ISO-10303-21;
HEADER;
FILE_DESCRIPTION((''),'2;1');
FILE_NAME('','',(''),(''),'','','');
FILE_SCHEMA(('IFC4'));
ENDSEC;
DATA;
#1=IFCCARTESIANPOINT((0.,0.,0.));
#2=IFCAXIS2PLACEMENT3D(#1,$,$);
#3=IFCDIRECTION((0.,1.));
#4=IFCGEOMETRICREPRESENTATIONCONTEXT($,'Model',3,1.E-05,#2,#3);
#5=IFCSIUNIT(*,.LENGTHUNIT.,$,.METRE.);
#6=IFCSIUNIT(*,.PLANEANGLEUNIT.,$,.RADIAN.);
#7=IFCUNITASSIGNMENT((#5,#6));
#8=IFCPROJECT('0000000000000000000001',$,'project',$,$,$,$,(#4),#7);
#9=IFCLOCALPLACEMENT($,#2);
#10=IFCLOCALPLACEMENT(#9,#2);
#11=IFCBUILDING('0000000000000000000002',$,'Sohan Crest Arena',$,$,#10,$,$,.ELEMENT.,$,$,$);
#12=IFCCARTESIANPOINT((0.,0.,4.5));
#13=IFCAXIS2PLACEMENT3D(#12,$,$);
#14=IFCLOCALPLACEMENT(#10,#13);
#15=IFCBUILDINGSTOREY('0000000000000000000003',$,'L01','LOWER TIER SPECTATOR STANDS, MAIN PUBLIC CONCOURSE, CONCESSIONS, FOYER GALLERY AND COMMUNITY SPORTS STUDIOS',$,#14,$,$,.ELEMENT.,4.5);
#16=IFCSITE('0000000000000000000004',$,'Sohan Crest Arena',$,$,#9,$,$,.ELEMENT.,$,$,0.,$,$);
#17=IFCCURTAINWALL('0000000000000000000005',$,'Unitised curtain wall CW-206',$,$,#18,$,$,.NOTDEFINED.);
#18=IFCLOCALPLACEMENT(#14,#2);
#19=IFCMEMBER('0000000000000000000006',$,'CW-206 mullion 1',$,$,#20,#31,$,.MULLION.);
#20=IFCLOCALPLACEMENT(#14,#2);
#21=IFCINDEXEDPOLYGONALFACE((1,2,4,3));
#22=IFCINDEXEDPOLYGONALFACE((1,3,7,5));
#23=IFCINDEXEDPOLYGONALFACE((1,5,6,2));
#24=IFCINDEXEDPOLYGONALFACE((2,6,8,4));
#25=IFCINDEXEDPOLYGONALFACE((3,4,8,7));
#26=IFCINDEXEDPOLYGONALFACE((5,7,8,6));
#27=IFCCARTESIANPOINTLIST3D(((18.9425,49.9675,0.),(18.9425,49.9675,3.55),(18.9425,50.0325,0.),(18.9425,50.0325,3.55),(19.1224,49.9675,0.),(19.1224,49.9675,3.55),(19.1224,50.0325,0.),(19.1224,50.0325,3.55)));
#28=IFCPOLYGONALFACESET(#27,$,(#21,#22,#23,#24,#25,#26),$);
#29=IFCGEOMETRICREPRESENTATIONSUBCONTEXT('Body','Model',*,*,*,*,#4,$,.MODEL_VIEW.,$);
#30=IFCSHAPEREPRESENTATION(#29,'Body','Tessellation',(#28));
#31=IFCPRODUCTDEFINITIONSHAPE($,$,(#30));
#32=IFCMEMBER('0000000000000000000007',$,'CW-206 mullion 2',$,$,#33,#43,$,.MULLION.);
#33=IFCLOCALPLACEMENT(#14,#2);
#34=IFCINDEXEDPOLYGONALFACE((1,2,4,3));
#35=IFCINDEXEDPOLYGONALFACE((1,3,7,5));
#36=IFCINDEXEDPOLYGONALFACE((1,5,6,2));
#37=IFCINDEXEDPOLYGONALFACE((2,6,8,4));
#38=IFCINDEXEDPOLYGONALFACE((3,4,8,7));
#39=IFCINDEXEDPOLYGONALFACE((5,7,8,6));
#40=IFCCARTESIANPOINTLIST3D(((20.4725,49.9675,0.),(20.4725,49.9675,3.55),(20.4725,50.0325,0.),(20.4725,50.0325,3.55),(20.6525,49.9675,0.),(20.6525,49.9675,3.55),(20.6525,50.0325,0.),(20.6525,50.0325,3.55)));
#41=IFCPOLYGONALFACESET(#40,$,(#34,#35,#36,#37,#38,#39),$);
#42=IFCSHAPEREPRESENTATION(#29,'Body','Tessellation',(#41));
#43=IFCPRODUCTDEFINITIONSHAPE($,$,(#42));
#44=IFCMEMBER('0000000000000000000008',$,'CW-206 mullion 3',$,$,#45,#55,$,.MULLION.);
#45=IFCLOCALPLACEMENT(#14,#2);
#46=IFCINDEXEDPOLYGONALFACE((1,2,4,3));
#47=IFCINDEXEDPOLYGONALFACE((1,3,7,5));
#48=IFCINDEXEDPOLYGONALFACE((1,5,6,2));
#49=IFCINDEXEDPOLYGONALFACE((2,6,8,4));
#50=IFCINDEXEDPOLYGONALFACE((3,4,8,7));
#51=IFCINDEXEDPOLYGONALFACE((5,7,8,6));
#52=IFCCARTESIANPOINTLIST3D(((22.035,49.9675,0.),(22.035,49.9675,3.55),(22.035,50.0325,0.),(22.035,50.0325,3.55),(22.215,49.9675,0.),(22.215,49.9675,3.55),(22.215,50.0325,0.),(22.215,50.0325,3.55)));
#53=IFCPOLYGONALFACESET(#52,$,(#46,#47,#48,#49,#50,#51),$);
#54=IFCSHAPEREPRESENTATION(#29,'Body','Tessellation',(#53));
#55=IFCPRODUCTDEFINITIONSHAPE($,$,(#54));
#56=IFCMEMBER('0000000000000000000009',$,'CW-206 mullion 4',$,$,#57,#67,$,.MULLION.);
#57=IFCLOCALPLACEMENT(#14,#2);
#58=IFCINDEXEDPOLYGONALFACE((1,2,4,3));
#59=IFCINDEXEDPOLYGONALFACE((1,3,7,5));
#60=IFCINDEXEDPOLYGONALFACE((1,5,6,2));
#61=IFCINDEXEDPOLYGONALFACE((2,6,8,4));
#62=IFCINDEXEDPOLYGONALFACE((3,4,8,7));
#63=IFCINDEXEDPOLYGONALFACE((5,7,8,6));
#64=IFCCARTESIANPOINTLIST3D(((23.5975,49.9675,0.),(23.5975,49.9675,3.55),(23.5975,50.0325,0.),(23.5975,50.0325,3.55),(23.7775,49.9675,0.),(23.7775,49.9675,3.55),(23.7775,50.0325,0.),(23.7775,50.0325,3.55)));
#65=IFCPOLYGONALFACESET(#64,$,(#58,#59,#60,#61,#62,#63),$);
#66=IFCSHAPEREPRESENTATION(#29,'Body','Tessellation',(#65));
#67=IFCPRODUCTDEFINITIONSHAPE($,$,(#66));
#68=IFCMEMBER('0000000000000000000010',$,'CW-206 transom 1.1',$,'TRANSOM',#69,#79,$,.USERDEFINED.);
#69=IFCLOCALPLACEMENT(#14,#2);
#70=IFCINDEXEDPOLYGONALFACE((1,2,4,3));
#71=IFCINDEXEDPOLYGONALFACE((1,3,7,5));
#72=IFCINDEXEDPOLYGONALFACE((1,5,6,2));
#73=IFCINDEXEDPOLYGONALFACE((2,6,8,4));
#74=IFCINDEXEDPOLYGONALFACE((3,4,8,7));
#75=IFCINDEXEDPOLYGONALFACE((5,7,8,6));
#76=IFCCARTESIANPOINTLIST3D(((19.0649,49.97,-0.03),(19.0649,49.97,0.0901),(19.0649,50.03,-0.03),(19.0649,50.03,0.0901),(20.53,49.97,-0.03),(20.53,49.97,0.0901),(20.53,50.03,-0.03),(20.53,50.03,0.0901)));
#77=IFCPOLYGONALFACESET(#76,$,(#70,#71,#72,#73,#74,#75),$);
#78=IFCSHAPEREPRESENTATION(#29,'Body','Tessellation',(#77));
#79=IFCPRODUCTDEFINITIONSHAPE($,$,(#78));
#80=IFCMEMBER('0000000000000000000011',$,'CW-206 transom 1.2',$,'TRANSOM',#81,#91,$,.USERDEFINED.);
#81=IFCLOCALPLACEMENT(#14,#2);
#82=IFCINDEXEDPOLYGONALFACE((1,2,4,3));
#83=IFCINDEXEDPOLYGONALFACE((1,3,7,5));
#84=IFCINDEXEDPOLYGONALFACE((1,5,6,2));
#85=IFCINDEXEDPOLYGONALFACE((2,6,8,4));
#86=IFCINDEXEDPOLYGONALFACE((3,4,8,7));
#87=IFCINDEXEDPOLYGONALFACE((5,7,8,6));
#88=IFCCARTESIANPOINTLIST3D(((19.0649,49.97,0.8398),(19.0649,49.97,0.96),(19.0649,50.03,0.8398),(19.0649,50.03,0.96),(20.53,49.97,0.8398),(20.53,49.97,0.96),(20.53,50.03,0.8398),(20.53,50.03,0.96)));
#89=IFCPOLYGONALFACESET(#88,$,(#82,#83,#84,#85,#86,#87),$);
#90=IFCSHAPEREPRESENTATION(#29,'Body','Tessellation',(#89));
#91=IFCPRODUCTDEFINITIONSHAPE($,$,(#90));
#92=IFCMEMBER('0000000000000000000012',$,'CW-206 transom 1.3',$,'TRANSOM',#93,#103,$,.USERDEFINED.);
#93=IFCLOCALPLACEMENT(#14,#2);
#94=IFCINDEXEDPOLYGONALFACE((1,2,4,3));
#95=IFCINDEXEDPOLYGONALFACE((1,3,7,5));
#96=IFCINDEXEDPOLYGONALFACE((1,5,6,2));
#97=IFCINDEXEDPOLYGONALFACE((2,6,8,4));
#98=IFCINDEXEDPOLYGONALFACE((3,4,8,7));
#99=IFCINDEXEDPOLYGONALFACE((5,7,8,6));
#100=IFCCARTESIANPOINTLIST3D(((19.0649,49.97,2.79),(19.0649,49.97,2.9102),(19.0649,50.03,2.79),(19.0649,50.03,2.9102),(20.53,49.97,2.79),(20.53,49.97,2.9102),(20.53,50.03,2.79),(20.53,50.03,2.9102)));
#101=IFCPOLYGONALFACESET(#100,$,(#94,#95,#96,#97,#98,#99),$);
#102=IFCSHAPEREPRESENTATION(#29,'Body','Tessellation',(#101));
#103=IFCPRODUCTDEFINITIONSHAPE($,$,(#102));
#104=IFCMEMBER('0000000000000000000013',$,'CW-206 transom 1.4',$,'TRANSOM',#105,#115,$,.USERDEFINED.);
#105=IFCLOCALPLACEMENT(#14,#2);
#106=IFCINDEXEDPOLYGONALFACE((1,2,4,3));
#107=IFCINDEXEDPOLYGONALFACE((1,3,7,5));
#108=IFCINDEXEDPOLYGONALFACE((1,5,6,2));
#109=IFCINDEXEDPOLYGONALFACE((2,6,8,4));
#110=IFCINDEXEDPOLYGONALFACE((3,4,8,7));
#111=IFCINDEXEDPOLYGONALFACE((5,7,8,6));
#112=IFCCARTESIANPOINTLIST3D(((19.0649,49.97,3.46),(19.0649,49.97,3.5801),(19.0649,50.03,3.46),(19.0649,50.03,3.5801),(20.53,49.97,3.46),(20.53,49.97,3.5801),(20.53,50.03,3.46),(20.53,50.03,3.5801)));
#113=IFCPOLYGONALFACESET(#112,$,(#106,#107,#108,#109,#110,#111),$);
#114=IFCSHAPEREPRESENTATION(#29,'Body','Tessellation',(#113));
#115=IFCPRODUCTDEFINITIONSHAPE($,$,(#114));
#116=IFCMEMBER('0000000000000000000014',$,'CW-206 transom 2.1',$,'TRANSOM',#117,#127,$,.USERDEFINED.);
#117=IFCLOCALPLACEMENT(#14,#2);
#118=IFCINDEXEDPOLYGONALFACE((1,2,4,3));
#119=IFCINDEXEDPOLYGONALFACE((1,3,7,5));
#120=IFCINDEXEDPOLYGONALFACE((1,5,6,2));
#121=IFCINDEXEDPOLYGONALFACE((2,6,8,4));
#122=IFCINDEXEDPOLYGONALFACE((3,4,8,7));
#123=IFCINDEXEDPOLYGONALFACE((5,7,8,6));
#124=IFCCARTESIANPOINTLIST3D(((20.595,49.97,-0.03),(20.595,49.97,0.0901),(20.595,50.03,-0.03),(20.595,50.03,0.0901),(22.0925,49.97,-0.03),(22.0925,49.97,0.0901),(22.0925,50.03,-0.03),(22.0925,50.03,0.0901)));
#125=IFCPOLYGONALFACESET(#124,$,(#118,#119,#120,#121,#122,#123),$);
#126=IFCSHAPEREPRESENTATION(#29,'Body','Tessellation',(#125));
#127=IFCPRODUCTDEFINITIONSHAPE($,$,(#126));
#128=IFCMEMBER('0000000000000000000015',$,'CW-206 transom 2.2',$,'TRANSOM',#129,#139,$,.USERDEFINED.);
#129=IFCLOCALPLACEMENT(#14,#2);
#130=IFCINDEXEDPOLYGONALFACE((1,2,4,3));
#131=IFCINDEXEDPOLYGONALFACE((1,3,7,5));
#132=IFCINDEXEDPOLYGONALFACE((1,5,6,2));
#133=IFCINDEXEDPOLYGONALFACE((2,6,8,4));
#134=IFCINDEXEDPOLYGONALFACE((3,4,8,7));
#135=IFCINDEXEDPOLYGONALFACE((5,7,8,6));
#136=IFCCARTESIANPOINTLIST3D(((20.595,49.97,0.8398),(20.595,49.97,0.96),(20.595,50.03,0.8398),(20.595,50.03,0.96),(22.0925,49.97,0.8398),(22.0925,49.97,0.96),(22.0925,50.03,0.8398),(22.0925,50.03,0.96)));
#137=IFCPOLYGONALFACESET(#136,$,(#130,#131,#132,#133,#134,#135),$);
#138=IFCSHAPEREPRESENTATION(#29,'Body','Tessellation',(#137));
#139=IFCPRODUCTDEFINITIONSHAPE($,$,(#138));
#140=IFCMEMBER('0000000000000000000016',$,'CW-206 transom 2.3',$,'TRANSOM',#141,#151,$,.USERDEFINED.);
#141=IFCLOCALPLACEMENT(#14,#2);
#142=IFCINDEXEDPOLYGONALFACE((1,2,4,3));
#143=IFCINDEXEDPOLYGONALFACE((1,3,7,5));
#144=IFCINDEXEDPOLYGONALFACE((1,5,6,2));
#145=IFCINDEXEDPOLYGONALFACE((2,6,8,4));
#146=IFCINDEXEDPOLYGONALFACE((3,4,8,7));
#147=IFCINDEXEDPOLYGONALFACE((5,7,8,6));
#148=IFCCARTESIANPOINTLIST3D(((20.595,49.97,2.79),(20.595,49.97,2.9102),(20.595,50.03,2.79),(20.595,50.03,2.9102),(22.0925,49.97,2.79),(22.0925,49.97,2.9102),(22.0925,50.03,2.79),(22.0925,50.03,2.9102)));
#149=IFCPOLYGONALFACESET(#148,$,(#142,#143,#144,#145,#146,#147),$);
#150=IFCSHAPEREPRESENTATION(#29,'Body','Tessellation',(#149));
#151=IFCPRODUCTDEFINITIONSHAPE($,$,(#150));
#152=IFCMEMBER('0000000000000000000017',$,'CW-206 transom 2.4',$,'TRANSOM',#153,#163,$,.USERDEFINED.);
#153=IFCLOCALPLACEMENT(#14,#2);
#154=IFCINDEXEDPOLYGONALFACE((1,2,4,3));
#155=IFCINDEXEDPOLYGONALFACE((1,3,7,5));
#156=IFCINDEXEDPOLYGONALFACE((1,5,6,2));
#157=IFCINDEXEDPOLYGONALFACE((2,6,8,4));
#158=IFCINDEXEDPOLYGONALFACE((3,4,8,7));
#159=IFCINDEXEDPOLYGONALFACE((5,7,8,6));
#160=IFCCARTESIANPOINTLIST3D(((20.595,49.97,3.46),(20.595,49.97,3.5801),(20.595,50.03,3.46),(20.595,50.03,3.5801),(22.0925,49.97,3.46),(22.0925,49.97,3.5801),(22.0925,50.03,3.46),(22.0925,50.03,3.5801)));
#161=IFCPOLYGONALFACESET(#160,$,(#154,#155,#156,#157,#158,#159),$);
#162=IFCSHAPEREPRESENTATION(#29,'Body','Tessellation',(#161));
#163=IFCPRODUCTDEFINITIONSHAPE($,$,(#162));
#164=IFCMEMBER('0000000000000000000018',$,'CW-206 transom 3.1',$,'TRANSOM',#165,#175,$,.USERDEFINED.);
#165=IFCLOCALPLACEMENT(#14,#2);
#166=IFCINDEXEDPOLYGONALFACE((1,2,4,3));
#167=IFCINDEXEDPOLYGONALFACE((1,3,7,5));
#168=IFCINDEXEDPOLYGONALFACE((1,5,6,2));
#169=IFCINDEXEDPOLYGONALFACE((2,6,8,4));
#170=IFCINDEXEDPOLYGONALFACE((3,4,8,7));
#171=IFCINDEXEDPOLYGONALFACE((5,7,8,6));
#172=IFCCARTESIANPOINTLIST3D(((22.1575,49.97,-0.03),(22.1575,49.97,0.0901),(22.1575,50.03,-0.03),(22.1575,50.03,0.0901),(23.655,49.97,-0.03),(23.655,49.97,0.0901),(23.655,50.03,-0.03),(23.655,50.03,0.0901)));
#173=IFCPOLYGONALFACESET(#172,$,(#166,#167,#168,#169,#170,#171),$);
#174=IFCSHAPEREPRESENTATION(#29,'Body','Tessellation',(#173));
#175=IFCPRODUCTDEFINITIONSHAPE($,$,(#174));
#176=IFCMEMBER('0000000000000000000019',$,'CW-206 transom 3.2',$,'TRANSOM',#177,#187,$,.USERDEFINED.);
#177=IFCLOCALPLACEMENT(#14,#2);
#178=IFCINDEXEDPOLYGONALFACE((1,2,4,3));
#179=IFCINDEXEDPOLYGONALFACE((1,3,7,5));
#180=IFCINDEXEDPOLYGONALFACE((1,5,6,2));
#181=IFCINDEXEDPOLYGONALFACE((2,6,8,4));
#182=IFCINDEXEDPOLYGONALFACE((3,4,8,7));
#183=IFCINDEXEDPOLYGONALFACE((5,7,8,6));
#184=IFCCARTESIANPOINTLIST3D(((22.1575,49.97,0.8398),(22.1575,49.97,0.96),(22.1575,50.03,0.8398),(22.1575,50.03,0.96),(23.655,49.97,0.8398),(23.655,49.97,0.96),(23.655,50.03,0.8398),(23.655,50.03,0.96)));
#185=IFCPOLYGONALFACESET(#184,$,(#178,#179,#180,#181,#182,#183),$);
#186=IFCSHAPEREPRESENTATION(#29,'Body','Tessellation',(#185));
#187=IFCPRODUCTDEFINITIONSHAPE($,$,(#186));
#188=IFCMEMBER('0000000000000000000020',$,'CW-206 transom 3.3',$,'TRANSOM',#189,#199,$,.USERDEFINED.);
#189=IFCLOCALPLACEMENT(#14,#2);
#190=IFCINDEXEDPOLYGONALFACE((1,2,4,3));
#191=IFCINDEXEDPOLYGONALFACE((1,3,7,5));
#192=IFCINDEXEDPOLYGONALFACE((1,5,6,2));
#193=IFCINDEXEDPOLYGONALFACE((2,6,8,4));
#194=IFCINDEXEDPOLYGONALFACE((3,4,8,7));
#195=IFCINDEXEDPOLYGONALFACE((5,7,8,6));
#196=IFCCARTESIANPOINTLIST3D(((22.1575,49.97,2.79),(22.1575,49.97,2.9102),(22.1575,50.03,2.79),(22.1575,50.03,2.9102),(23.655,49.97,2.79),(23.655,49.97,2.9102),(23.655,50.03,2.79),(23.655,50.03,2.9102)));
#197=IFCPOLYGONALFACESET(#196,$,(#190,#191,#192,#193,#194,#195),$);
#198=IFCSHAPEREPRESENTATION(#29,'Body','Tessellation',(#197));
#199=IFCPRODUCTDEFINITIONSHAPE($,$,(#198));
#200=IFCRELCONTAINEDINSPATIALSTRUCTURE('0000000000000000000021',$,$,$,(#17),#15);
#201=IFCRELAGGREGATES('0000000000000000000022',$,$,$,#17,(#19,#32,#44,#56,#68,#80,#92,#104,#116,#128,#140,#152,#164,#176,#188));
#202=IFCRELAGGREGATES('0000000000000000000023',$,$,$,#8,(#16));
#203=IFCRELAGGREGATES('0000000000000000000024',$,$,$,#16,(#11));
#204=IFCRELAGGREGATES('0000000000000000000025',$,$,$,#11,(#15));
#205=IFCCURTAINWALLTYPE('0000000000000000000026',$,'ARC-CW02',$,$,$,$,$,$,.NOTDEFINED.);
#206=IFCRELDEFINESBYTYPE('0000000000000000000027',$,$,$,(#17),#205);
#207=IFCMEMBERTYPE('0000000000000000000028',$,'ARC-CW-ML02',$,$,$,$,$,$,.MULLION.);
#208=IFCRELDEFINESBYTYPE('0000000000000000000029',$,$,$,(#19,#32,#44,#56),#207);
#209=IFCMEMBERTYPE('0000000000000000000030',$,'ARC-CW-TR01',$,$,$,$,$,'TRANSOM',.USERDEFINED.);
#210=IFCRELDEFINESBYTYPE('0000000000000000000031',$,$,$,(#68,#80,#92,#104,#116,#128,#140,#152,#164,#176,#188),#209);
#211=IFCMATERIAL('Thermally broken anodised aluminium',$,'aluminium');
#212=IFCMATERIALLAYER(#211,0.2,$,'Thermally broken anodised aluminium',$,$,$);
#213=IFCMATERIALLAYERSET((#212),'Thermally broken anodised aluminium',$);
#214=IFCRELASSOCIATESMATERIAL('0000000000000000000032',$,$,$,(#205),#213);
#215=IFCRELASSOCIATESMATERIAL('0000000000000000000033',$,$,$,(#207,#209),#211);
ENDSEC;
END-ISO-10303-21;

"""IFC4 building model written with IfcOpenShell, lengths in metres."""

from ifc_helpers import new_model, si_unit, direction, frame, origin, origin_2d, place, context, subcontext, project, spatial, rectangle, extrude, material, layer, layer_set, material_profile, profile_set, type_object, element, aggregate, save


model = new_model("IFC4")

# Units and contexts
model_context = context("Model", 3, precision=1e-05, world=origin(), true_north=direction((0.0, 1.0)))
body_context = subcontext(model_context, "Body", "Model", "MODEL_VIEW")
ifc_project = project(units=[si_unit("LENGTHUNIT", "METRE"), si_unit("PLANEANGLEUNIT", "RADIAN")], contexts=[model_context])

# Site, building, storey
site_placement = place(None, origin())
site = spatial("IfcSite", under=ifc_project, at=site_placement, Name="Sohan Crest Arena", CompositionType="ELEMENT", RefElevation=0.0)
building_placement = place(site_placement, origin())
building = spatial("IfcBuilding", under=site, at=building_placement, Name="Sohan Crest Arena", CompositionType="ELEMENT")
storey_placement = place(building_placement, frame((0.0, 0.0, 4.5)))
storey = spatial("IfcBuildingStorey", under=building, at=storey_placement, Name="L01", Description="LOWER TIER SPECTATOR STANDS, MAIN PUBLIC CONCOURSE, CONCESSIONS, FOYER GALLERY AND COMMUNITY SPORTS STUDIOS", CompositionType="ELEMENT", Elevation=4.5)

# Curtain wall, members
ifc_material_1 = material(Name="Thermally broken anodised aluminium", Category="aluminium")
ifc_layer_1 = layer(ifc_material_1, 0.2, Name="Thermally broken anodised aluminium")
ifc_layer_set_1 = layer_set([ifc_layer_1], Name="Thermally broken anodised aluminium")
curtain_wall_type = type_object("IfcCurtainWallType", Name="ARC-CW02", PredefinedType="NOTDEFINED", material=ifc_layer_set_1)
curtain_wall_placement = place(storey_placement, origin())
curtain_wall = element("IfcCurtainWall", 1, at=curtain_wall_placement, inside=storey, type_object=curtain_wall_type, Name="Unitised curtain wall CW-206", PredefinedType="NOTDEFINED")
ifc_material_profile_1 = material_profile(ifc_material_1, rectangle(XDim=0.0649, YDim=0.1799, at=origin_2d()), Name="ALU-MULL 65x180")
ifc_profile_set_1 = profile_set([ifc_material_profile_1], Name="Thermally broken anodised aluminium")
member_type_1 = type_object("IfcMemberType", Name="ARC-CW-ML02", PredefinedType="MULLION", material=ifc_profile_set_1)
member_1_placement = place(storey_placement, frame((19.0325, 50.0, 0.0), z_axis=(0.0, 0.0, 1.0), x_axis=(0.0, 1.0, 0.0)))
member_1 = element("IfcMember", 2, at=member_1_placement, type_object=member_type_1, Name="CW-206 mullion 1", PredefinedType="MULLION", context=body_context, shape_type="SweptSolid", body=[
    extrude(rectangle(XDim=0.0649, YDim=0.1799, at=origin_2d()), origin(), (0.0, 0.0, 1.0), 3.55),
])
member_2_placement = place(storey_placement, frame((20.5625, 50.0, 0.0), z_axis=(0.0, 0.0, 1.0), x_axis=(0.0, 1.0, 0.0)))
member_2 = element("IfcMember", 3, at=member_2_placement, type_object=member_type_1, Name="CW-206 mullion 2", PredefinedType="MULLION", context=body_context, shape_type="SweptSolid", body=[
    extrude(rectangle(XDim=0.0649, YDim=0.1799, at=origin_2d()), origin(), (0.0, 0.0, 1.0), 3.55),
])
member_3_placement = place(storey_placement, frame((22.125, 50.0, 0.0), z_axis=(0.0, 0.0, 1.0), x_axis=(0.0, 1.0, 0.0)))
member_3 = element("IfcMember", 4, at=member_3_placement, type_object=member_type_1, Name="CW-206 mullion 3", PredefinedType="MULLION", context=body_context, shape_type="SweptSolid", body=[
    extrude(rectangle(XDim=0.0649, YDim=0.1799, at=origin_2d()), origin(), (0.0, 0.0, 1.0), 3.55),
])
member_4_placement = place(storey_placement, frame((23.6875, 50.0, 0.0), z_axis=(0.0, 0.0, 1.0), x_axis=(0.0, 1.0, 0.0)))
member_4 = element("IfcMember", 5, at=member_4_placement, type_object=member_type_1, Name="CW-206 mullion 4", PredefinedType="MULLION", context=body_context, shape_type="SweptSolid", body=[
    extrude(rectangle(XDim=0.0649, YDim=0.1799, at=origin_2d()), origin(), (0.0, 0.0, 1.0), 3.55),
])
ifc_material_profile_2 = material_profile(ifc_material_1, rectangle(XDim=0.0601, YDim=0.1201, at=origin_2d()), Name="ALU-TRAN 60x120")
ifc_profile_set_2 = profile_set([ifc_material_profile_2], Name="Thermally broken anodised aluminium")
member_type_2 = type_object("IfcMemberType", Name="ARC-CW-TR01", ElementType="TRANSOM", PredefinedType="USERDEFINED", material=ifc_profile_set_2)
member_5_placement = place(storey_placement, frame((19.0649, 50.0, 0.03), z_axis=(1.0, 0.0, 0.0), x_axis=(0.0, 1.0, 0.0)))
member_5 = element("IfcMember", 6, at=member_5_placement, type_object=member_type_2, Name="CW-206 transom 1.1", ObjectType="TRANSOM", PredefinedType="USERDEFINED", context=body_context, shape_type="SweptSolid", body=[
    extrude(rectangle(XDim=0.0601, YDim=0.1201, at=origin_2d()), origin(), (0.0, 0.0, 1.0), 1.4651),
])
member_6_placement = place(storey_placement, frame((19.0649, 50.0, 0.8999), z_axis=(1.0, 0.0, 0.0), x_axis=(0.0, 1.0, 0.0)))
member_6 = element("IfcMember", 7, at=member_6_placement, type_object=member_type_2, Name="CW-206 transom 1.2", ObjectType="TRANSOM", PredefinedType="USERDEFINED", context=body_context, shape_type="SweptSolid", body=[
    extrude(rectangle(XDim=0.0601, YDim=0.1201, at=origin_2d()), origin(), (0.0, 0.0, 1.0), 1.4651),
])
member_7_placement = place(storey_placement, frame((19.0649, 50.0, 2.8501), z_axis=(1.0, 0.0, 0.0), x_axis=(0.0, 1.0, 0.0)))
member_7 = element("IfcMember", 8, at=member_7_placement, type_object=member_type_2, Name="CW-206 transom 1.3", ObjectType="TRANSOM", PredefinedType="USERDEFINED", context=body_context, shape_type="SweptSolid", body=[
    extrude(rectangle(XDim=0.0601, YDim=0.1201, at=origin_2d()), origin(), (0.0, 0.0, 1.0), 1.4651),
])
member_8_placement = place(storey_placement, frame((19.0649, 50.0, 3.52), z_axis=(1.0, 0.0, 0.0), x_axis=(0.0, 1.0, 0.0)))
member_8 = element("IfcMember", 9, at=member_8_placement, type_object=member_type_2, Name="CW-206 transom 1.4", ObjectType="TRANSOM", PredefinedType="USERDEFINED", context=body_context, shape_type="SweptSolid", body=[
    extrude(rectangle(XDim=0.0601, YDim=0.1201, at=origin_2d()), origin(), (0.0, 0.0, 1.0), 1.4651),
])
member_9_placement = place(storey_placement, frame((20.595, 50.0, 0.03), z_axis=(1.0, 0.0, 0.0), x_axis=(0.0, 1.0, 0.0)))
member_9 = element("IfcMember", 10, at=member_9_placement, type_object=member_type_2, Name="CW-206 transom 2.1", ObjectType="TRANSOM", PredefinedType="USERDEFINED", context=body_context, shape_type="SweptSolid", body=[
    extrude(rectangle(XDim=0.0601, YDim=0.1201, at=origin_2d()), origin(), (0.0, 0.0, 1.0), 1.4976),
])
member_10_placement = place(storey_placement, frame((20.595, 50.0, 0.8999), z_axis=(1.0, 0.0, 0.0), x_axis=(0.0, 1.0, 0.0)))
member_10 = element("IfcMember", 11, at=member_10_placement, type_object=member_type_2, Name="CW-206 transom 2.2", ObjectType="TRANSOM", PredefinedType="USERDEFINED", context=body_context, shape_type="SweptSolid", body=[
    extrude(rectangle(XDim=0.0601, YDim=0.1201, at=origin_2d()), origin(), (0.0, 0.0, 1.0), 1.4976),
])
member_11_placement = place(storey_placement, frame((20.595, 50.0, 2.8501), z_axis=(1.0, 0.0, 0.0), x_axis=(0.0, 1.0, 0.0)))
member_11 = element("IfcMember", 12, at=member_11_placement, type_object=member_type_2, Name="CW-206 transom 2.3", ObjectType="TRANSOM", PredefinedType="USERDEFINED", context=body_context, shape_type="SweptSolid", body=[
    extrude(rectangle(XDim=0.0601, YDim=0.1201, at=origin_2d()), origin(), (0.0, 0.0, 1.0), 1.4976),
])
member_12_placement = place(storey_placement, frame((20.595, 50.0, 3.52), z_axis=(1.0, 0.0, 0.0), x_axis=(0.0, 1.0, 0.0)))
member_12 = element("IfcMember", 13, at=member_12_placement, type_object=member_type_2, Name="CW-206 transom 2.4", ObjectType="TRANSOM", PredefinedType="USERDEFINED", context=body_context, shape_type="SweptSolid", body=[
    extrude(rectangle(XDim=0.0601, YDim=0.1201, at=origin_2d()), origin(), (0.0, 0.0, 1.0), 1.4976),
])
member_13_placement = place(storey_placement, frame((22.1575, 50.0, 0.03), z_axis=(1.0, 0.0, 0.0), x_axis=(0.0, 1.0, 0.0)))
member_13 = element("IfcMember", 14, at=member_13_placement, type_object=member_type_2, Name="CW-206 transom 3.1", ObjectType="TRANSOM", PredefinedType="USERDEFINED", context=body_context, shape_type="SweptSolid", body=[
    extrude(rectangle(XDim=0.0601, YDim=0.1201, at=origin_2d()), origin(), (0.0, 0.0, 1.0), 1.4976),
])
member_14_placement = place(storey_placement, frame((22.1575, 50.0, 0.8999), z_axis=(1.0, 0.0, 0.0), x_axis=(0.0, 1.0, 0.0)))
member_14 = element("IfcMember", 15, at=member_14_placement, type_object=member_type_2, Name="CW-206 transom 3.2", ObjectType="TRANSOM", PredefinedType="USERDEFINED", context=body_context, shape_type="SweptSolid", body=[
    extrude(rectangle(XDim=0.0601, YDim=0.1201, at=origin_2d()), origin(), (0.0, 0.0, 1.0), 1.4976),
])
member_15_placement = place(storey_placement, frame((22.1575, 50.0, 2.8501), z_axis=(1.0, 0.0, 0.0), x_axis=(0.0, 1.0, 0.0)))
member_15 = element("IfcMember", 16, at=member_15_placement, type_object=member_type_2, Name="CW-206 transom 3.3", ObjectType="TRANSOM", PredefinedType="USERDEFINED", context=body_context, shape_type="SweptSolid", body=[
    extrude(rectangle(XDim=0.0601, YDim=0.1201, at=origin_2d()), origin(), (0.0, 0.0, 1.0), 1.4976),
])
aggregate(curtain_wall, [member_1, member_2, member_3, member_4, member_5, member_6, member_7, member_8, member_9, member_10, member_11, member_12, member_13, member_14, member_15])

save(model, "model.ifc")
